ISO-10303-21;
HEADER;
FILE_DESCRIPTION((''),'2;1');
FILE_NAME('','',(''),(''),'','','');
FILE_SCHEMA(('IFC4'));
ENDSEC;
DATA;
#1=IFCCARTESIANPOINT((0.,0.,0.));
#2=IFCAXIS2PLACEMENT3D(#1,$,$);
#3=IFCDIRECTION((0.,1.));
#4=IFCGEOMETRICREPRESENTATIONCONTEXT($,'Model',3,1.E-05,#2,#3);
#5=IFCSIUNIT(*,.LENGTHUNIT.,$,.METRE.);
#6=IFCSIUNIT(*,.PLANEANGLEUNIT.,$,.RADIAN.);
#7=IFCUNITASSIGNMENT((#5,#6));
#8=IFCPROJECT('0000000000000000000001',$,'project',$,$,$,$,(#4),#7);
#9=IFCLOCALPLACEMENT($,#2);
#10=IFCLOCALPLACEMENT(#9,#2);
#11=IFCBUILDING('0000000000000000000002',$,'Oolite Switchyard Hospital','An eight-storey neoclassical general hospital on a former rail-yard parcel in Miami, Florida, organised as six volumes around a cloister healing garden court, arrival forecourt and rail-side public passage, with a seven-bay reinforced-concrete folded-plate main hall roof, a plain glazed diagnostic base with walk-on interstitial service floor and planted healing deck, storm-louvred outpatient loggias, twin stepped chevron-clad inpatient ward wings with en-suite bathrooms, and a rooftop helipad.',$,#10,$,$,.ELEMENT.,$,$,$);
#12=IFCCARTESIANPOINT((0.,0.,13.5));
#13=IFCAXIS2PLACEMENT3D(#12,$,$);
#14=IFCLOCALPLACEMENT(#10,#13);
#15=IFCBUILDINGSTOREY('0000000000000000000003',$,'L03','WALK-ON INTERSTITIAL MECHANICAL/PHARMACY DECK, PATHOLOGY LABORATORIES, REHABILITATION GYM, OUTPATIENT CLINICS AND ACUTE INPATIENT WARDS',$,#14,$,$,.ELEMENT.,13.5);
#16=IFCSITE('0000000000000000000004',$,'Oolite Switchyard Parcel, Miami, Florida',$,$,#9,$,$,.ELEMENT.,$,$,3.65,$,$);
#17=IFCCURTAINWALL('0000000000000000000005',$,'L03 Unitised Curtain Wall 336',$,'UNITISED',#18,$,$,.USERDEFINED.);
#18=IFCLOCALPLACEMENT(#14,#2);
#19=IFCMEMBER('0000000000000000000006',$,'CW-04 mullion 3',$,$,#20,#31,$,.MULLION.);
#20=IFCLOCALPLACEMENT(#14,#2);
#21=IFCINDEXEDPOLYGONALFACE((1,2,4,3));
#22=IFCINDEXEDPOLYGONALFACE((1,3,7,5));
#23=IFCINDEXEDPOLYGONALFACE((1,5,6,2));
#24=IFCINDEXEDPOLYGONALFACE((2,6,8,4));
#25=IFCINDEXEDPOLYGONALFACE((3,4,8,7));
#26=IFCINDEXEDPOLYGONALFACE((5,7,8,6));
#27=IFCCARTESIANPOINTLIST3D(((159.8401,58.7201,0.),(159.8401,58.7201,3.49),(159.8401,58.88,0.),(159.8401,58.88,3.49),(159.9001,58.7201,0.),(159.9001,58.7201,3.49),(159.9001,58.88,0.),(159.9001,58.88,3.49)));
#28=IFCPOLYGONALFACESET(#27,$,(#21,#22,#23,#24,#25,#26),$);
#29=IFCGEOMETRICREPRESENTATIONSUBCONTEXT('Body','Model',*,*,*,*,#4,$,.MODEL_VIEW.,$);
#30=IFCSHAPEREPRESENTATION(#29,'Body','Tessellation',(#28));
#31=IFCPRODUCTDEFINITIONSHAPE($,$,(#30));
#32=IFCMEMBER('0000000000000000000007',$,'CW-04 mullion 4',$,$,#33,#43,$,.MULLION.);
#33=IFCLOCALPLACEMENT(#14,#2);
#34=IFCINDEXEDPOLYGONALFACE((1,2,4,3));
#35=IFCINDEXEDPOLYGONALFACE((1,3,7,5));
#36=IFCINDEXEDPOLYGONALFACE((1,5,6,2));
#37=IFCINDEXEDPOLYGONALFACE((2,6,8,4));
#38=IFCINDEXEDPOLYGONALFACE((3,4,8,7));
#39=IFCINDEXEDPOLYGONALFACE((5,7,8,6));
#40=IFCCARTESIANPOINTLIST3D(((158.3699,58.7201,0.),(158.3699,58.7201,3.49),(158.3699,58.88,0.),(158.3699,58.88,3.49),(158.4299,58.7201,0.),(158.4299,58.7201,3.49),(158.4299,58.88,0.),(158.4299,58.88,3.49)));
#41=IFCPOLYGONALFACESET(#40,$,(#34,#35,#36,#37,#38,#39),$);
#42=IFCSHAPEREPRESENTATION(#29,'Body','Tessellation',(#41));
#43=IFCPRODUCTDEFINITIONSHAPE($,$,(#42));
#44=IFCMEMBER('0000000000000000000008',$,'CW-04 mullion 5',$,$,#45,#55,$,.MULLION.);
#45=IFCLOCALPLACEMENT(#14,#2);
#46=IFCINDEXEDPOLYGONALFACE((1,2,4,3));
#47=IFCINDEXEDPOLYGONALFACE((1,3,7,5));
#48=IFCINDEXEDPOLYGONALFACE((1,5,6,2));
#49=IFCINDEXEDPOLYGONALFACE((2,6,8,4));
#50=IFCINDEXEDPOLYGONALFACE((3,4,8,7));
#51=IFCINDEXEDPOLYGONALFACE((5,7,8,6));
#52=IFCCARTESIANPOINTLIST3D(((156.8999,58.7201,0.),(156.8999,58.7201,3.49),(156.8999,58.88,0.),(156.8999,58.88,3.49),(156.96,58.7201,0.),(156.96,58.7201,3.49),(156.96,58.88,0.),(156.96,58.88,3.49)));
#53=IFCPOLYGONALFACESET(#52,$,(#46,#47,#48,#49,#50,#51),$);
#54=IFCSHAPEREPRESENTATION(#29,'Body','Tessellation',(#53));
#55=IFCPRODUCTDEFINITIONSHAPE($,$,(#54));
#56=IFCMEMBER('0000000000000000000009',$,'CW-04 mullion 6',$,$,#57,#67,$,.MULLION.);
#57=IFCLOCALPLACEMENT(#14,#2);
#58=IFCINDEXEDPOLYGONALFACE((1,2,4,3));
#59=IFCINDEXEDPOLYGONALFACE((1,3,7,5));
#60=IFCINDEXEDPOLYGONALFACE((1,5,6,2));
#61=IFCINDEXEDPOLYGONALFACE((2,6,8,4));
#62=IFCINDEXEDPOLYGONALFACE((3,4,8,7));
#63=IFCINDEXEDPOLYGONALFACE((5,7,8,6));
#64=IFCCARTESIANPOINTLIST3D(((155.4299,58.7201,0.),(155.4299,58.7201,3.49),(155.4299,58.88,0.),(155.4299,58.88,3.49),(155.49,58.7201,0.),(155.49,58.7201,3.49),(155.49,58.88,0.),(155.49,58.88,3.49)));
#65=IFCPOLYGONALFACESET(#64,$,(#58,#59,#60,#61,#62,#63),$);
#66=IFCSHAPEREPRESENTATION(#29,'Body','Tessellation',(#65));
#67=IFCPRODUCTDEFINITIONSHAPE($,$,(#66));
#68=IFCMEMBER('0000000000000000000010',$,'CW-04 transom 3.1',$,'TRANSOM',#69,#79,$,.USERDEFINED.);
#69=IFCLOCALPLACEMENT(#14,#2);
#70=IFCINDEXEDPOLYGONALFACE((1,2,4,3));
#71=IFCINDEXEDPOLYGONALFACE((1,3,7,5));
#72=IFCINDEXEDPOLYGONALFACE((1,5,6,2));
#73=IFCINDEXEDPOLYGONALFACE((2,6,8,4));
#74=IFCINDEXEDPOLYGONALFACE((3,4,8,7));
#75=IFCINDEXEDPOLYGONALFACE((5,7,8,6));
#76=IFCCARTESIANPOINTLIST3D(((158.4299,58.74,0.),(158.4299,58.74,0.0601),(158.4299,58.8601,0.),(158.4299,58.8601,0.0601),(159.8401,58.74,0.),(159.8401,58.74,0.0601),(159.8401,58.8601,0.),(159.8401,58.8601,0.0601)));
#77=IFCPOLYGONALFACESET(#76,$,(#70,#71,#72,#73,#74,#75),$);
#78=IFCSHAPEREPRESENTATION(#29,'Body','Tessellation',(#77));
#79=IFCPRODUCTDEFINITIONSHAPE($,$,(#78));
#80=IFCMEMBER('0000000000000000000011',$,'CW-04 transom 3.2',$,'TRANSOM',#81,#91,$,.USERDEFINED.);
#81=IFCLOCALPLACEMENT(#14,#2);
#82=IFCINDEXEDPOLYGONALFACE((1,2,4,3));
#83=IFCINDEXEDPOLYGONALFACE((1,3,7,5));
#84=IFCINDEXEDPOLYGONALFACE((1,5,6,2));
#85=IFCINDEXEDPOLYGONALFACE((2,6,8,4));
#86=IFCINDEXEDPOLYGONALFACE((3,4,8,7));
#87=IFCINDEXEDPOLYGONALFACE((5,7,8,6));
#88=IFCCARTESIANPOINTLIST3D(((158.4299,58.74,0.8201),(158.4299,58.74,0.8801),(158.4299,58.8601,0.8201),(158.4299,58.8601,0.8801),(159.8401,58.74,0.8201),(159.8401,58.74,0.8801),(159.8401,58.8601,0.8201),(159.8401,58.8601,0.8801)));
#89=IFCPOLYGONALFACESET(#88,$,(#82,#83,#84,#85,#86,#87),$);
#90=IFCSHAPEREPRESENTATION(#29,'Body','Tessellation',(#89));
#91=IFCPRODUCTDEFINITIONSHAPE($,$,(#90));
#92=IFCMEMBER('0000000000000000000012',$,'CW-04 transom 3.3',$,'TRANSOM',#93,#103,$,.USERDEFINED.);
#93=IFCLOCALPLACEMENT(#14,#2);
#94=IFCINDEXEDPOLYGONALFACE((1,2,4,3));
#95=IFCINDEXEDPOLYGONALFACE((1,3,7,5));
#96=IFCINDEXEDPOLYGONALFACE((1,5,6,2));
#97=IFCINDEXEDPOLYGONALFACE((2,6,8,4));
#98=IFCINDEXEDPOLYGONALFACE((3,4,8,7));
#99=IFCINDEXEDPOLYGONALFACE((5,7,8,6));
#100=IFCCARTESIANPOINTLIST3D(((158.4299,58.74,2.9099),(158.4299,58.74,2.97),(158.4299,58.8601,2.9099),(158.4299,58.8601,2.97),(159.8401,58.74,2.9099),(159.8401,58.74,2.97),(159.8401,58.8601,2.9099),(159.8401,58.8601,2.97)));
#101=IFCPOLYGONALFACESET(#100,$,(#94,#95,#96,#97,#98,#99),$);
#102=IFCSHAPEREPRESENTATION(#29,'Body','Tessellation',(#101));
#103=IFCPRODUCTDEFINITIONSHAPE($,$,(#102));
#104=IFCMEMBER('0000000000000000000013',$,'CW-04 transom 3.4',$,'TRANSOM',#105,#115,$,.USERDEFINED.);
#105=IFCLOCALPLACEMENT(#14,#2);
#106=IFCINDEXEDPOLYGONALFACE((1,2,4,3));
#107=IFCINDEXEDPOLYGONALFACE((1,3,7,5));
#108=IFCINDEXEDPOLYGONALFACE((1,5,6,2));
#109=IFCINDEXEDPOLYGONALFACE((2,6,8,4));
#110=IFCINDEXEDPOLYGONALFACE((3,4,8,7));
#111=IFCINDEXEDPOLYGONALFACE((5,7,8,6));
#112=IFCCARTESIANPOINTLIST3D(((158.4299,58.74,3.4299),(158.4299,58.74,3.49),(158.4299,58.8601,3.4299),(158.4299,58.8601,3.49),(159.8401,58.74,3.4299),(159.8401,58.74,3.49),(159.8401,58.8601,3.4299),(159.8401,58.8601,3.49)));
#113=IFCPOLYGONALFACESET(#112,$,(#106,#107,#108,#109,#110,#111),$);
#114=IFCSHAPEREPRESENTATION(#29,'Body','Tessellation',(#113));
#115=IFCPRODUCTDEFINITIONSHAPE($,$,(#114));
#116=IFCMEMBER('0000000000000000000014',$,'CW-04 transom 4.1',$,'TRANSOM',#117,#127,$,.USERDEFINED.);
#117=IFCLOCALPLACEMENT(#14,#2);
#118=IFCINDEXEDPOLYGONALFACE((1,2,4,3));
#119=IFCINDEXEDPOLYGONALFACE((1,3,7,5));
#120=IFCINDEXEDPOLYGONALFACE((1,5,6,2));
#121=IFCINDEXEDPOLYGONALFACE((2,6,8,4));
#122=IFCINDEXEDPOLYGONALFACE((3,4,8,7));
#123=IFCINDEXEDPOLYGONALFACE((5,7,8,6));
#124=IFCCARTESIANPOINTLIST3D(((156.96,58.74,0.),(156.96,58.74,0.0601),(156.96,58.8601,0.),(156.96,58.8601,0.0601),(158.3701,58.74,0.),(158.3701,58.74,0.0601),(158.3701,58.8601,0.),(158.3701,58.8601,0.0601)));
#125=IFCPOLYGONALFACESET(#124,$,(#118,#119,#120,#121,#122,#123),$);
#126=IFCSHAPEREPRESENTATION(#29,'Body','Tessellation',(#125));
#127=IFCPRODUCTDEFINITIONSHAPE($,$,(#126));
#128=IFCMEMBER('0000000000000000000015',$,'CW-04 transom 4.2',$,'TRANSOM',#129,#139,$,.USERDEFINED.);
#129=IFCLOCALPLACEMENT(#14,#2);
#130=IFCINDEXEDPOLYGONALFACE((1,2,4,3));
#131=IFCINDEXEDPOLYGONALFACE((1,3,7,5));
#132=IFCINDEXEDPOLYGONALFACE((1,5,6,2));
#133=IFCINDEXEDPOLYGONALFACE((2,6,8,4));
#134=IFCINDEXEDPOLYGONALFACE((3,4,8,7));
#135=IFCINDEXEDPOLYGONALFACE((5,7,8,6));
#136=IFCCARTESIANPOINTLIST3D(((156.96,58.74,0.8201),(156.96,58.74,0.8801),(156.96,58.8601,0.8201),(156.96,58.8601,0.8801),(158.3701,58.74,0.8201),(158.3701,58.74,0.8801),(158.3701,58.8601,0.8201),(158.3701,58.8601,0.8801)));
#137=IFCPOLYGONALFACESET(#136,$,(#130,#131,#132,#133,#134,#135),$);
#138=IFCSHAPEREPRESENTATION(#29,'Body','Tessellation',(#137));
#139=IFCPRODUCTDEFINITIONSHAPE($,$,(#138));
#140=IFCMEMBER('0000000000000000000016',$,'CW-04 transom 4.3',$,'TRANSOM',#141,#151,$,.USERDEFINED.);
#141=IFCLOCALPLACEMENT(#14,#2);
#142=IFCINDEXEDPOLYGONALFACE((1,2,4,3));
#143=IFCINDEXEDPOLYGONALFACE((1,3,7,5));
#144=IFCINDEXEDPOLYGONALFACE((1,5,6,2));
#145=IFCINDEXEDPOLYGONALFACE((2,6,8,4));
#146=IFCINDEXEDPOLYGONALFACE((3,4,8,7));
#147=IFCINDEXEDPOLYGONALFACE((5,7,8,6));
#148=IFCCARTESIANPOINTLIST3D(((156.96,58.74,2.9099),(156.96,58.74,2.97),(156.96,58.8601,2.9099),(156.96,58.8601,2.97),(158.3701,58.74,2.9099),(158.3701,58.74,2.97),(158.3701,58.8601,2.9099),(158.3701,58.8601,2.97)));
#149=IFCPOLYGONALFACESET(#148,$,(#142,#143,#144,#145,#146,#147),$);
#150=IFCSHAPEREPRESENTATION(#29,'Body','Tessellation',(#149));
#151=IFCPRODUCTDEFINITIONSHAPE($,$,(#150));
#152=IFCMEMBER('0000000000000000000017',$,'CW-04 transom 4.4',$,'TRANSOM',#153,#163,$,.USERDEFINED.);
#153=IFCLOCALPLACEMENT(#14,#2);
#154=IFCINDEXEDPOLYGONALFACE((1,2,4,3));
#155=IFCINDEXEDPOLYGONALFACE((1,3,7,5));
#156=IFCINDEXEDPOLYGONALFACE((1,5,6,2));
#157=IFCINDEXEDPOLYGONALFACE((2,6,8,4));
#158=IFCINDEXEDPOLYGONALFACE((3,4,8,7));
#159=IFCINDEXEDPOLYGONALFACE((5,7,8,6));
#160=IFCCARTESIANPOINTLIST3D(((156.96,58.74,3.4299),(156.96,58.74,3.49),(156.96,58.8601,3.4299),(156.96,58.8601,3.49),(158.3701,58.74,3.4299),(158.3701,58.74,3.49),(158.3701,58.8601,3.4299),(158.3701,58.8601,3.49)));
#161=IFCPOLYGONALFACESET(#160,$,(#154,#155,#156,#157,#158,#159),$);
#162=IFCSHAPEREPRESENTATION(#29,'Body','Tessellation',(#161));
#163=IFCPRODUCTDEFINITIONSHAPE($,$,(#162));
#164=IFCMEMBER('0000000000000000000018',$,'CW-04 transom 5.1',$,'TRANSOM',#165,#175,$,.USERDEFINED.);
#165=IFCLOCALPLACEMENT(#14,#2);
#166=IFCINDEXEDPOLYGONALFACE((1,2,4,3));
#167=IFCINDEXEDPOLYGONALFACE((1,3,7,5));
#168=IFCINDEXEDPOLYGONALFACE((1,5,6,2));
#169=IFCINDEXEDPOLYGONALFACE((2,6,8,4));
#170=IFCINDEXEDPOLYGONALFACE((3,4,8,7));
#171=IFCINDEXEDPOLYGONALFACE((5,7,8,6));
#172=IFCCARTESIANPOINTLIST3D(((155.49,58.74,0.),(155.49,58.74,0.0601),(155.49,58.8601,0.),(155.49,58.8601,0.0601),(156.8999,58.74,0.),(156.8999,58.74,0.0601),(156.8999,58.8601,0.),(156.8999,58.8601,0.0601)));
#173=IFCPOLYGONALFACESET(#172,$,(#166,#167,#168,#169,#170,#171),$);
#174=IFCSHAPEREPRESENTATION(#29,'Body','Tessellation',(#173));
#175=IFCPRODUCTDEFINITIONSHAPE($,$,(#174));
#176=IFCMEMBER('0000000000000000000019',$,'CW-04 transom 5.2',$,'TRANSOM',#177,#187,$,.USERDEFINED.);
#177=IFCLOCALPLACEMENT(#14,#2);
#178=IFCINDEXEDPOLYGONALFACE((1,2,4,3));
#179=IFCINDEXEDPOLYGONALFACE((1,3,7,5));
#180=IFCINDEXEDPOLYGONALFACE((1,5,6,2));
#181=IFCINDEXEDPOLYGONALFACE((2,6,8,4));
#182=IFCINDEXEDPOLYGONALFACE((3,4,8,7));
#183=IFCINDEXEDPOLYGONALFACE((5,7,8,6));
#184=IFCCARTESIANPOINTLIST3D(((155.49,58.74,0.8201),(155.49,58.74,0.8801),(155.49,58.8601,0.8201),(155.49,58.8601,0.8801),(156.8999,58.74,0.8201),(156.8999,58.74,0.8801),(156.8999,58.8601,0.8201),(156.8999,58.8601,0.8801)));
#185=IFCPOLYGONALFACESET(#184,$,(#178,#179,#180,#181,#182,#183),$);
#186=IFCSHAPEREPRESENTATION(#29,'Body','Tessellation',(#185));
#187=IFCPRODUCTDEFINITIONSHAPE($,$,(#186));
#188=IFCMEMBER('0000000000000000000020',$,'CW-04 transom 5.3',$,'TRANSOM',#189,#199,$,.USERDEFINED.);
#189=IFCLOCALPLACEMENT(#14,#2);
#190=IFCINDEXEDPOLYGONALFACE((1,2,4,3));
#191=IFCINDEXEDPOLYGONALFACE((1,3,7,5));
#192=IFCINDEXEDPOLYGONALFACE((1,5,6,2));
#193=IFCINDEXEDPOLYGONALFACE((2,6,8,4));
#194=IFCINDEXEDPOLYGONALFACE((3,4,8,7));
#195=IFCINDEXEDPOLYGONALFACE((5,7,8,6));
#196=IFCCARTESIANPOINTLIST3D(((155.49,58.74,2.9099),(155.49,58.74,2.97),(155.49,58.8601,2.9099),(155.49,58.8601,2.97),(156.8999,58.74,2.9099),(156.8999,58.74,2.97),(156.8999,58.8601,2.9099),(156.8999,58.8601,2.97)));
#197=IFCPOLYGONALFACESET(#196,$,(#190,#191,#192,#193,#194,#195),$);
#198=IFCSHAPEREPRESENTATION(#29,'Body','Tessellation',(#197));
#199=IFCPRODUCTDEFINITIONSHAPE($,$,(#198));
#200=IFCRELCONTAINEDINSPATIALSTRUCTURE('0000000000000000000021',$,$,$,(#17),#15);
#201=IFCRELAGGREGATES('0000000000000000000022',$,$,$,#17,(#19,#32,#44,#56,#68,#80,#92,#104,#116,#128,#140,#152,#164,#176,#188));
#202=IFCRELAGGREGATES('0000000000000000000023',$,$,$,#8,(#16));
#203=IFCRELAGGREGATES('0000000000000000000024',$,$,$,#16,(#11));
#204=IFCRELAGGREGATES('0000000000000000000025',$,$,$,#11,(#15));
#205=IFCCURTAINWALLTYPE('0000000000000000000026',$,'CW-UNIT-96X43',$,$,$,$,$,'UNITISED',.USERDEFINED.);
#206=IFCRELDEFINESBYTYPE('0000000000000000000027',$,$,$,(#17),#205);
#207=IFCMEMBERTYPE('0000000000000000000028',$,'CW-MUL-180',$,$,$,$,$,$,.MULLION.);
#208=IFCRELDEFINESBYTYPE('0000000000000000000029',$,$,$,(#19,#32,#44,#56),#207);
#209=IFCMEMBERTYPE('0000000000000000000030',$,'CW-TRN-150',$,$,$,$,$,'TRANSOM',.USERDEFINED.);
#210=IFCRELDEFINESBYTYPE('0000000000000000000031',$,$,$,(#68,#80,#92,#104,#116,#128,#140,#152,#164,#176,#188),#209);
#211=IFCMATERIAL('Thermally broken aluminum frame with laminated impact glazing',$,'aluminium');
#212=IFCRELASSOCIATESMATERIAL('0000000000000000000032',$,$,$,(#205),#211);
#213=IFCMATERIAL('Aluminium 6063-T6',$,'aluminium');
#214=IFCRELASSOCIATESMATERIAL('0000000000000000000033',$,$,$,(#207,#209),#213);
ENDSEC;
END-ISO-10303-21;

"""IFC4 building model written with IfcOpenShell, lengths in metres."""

from ifc_helpers import new_model, si_unit, direction, frame, origin, origin_2d, place, context, subcontext, project, spatial, rectangle, extrude, material, material_profile, profile_set, type_object, element, aggregate, save


model = new_model("IFC4")

# Units and contexts
model_context = context("Model", 3, precision=1e-05, world=origin(), true_north=direction((0.0, 1.0)))
body_context = subcontext(model_context, "Body", "Model", "MODEL_VIEW")
ifc_project = project(units=[si_unit("LENGTHUNIT", "METRE"), si_unit("PLANEANGLEUNIT", "RADIAN")], contexts=[model_context])

# Site, building, storey
site_placement = place(None, origin())
site = spatial("IfcSite", under=ifc_project, at=site_placement, Name="Oolite Switchyard Parcel, Miami, Florida", CompositionType="ELEMENT", RefElevation=3.65)
building_placement = place(site_placement, origin())
building = spatial("IfcBuilding", under=site, at=building_placement, Name="Oolite Switchyard Hospital", Description="An eight-storey neoclassical general hospital on a former rail-yard parcel in Miami, Florida, organised as six volumes around a cloister healing garden court, arrival forecourt and rail-side public passage, with a seven-bay reinforced-concrete folded-plate main hall roof, a plain glazed diagnostic base with walk-on interstitial service floor and planted healing deck, storm-louvred outpatient loggias, twin stepped chevron-clad inpatient ward wings with en-suite bathrooms, and a rooftop helipad.", CompositionType="ELEMENT")
storey_placement = place(building_placement, frame((0.0, 0.0, 13.5)))
storey = spatial("IfcBuildingStorey", under=building, at=storey_placement, Name="L03", Description="WALK-ON INTERSTITIAL MECHANICAL/PHARMACY DECK, PATHOLOGY LABORATORIES, REHABILITATION GYM, OUTPATIENT CLINICS AND ACUTE INPATIENT WARDS", CompositionType="ELEMENT", Elevation=13.5)

# Curtain wall, members
ifc_material_1 = material(Name="Thermally broken aluminum frame with laminated impact glazing", Category="aluminium")
curtain_wall_type = type_object("IfcCurtainWallType", Name="CW-UNIT-96X43", ElementType="UNITISED", PredefinedType="USERDEFINED", material=ifc_material_1)
curtain_wall_placement = place(storey_placement, origin())
curtain_wall = element("IfcCurtainWall", 1, at=curtain_wall_placement, inside=storey, type_object=curtain_wall_type, Name="L03 Unitised Curtain Wall 336", ObjectType="UNITISED", PredefinedType="USERDEFINED")
ifc_material_2 = material(Name="Aluminium 6063-T6", Category="aluminium")
ifc_material_profile_1 = material_profile(ifc_material_2, rectangle(XDim=0.1599, YDim=0.0601, at=origin_2d()), Name="CWM60X160")
ifc_profile_set_1 = profile_set([ifc_material_profile_1], Name="Aluminium 6063-T6")
member_type_1 = type_object("IfcMemberType", Name="CW-MUL-180", PredefinedType="MULLION", material=ifc_profile_set_1)
member_1_placement = place(storey_placement, frame((159.8701, 58.8, 0.0), z_axis=(0.0, 0.0, 1.0), x_axis=(0.0, -1.0, 0.0)))
member_1 = element("IfcMember", 2, at=member_1_placement, type_object=member_type_1, Name="CW-04 mullion 3", PredefinedType="MULLION", context=body_context, shape_type="SweptSolid", body=[
    extrude(rectangle(XDim=0.1599, YDim=0.0601, at=origin_2d()), origin(), (0.0, 0.0, 1.0), 3.49),
])
member_2_placement = place(storey_placement, frame((158.3999, 58.8, 0.0), z_axis=(0.0, 0.0, 1.0), x_axis=(0.0, -1.0, 0.0)))
member_2 = element("IfcMember", 3, at=member_2_placement, type_object=member_type_1, Name="CW-04 mullion 4", PredefinedType="MULLION", context=body_context, shape_type="SweptSolid", body=[
    extrude(rectangle(XDim=0.1599, YDim=0.0601, at=origin_2d()), origin(), (0.0, 0.0, 1.0), 3.49),
])
member_3_placement = place(storey_placement, frame((156.9299, 58.8, 0.0), z_axis=(0.0, 0.0, 1.0), x_axis=(0.0, -1.0, 0.0)))
member_3 = element("IfcMember", 4, at=member_3_placement, type_object=member_type_1, Name="CW-04 mullion 5", PredefinedType="MULLION", context=body_context, shape_type="SweptSolid", body=[
    extrude(rectangle(XDim=0.1599, YDim=0.0601, at=origin_2d()), origin(), (0.0, 0.0, 1.0), 3.49),
])
member_4_placement = place(storey_placement, frame((155.46, 58.8, 0.0), z_axis=(0.0, 0.0, 1.0), x_axis=(0.0, -1.0, 0.0)))
member_4 = element("IfcMember", 5, at=member_4_placement, type_object=member_type_1, Name="CW-04 mullion 6", PredefinedType="MULLION", context=body_context, shape_type="SweptSolid", body=[
    extrude(rectangle(XDim=0.1599, YDim=0.0601, at=origin_2d()), origin(), (0.0, 0.0, 1.0), 3.49),
])
ifc_material_profile_2 = material_profile(ifc_material_2, rectangle(XDim=0.1201, YDim=0.0601, at=origin_2d()), Name="CWT60X120")
ifc_profile_set_2 = profile_set([ifc_material_profile_2], Name="Aluminium 6063-T6")
member_type_2 = type_object("IfcMemberType", Name="CW-TRN-150", ElementType="TRANSOM", PredefinedType="USERDEFINED", material=ifc_profile_set_2)
member_5_placement = place(storey_placement, frame((159.8401, 58.8, 0.03), z_axis=(-1.0, 0.0, 0.0), x_axis=(0.0, -1.0, 0.0)))
member_5 = element("IfcMember", 6, at=member_5_placement, type_object=member_type_2, Name="CW-04 transom 3.1", ObjectType="TRANSOM", PredefinedType="USERDEFINED", context=body_context, shape_type="SweptSolid", body=[
    extrude(rectangle(XDim=0.1201, YDim=0.0601, at=origin_2d()), origin(), (0.0, 0.0, 1.0), 1.4102),
])
member_6_placement = place(storey_placement, frame((159.8401, 58.8, 0.8501), z_axis=(-1.0, 0.0, 0.0), x_axis=(0.0, -1.0, 0.0)))
member_6 = element("IfcMember", 7, at=member_6_placement, type_object=member_type_2, Name="CW-04 transom 3.2", ObjectType="TRANSOM", PredefinedType="USERDEFINED", context=body_context, shape_type="SweptSolid", body=[
    extrude(rectangle(XDim=0.1201, YDim=0.0601, at=origin_2d()), origin(), (0.0, 0.0, 1.0), 1.4102),
])
member_7_placement = place(storey_placement, frame((159.8401, 58.8, 2.9399), z_axis=(-1.0, 0.0, 0.0), x_axis=(0.0, -1.0, 0.0)))
member_7 = element("IfcMember", 8, at=member_7_placement, type_object=member_type_2, Name="CW-04 transom 3.3", ObjectType="TRANSOM", PredefinedType="USERDEFINED", context=body_context, shape_type="SweptSolid", body=[
    extrude(rectangle(XDim=0.1201, YDim=0.0601, at=origin_2d()), origin(), (0.0, 0.0, 1.0), 1.4102),
])
member_8_placement = place(storey_placement, frame((159.8401, 58.8, 3.46), z_axis=(-1.0, 0.0, 0.0), x_axis=(0.0, -1.0, 0.0)))
member_8 = element("IfcMember", 9, at=member_8_placement, type_object=member_type_2, Name="CW-04 transom 3.4", ObjectType="TRANSOM", PredefinedType="USERDEFINED", context=body_context, shape_type="SweptSolid", body=[
    extrude(rectangle(XDim=0.1201, YDim=0.0601, at=origin_2d()), origin(), (0.0, 0.0, 1.0), 1.4102),
])
member_9_placement = place(storey_placement, frame((158.3701, 58.8, 0.03), z_axis=(-1.0, 0.0, 0.0), x_axis=(0.0, -1.0, 0.0)))
member_9 = element("IfcMember", 10, at=member_9_placement, type_object=member_type_2, Name="CW-04 transom 4.1", ObjectType="TRANSOM", PredefinedType="USERDEFINED", context=body_context, shape_type="SweptSolid", body=[
    extrude(rectangle(XDim=0.1201, YDim=0.0601, at=origin_2d()), origin(), (0.0, 0.0, 1.0), 1.4102),
])
member_10_placement = place(storey_placement, frame((158.3701, 58.8, 0.8501), z_axis=(-1.0, 0.0, 0.0), x_axis=(0.0, -1.0, 0.0)))
member_10 = element("IfcMember", 11, at=member_10_placement, type_object=member_type_2, Name="CW-04 transom 4.2", ObjectType="TRANSOM", PredefinedType="USERDEFINED", context=body_context, shape_type="SweptSolid", body=[
    extrude(rectangle(XDim=0.1201, YDim=0.0601, at=origin_2d()), origin(), (0.0, 0.0, 1.0), 1.4102),
])
member_11_placement = place(storey_placement, frame((158.3701, 58.8, 2.9399), z_axis=(-1.0, 0.0, 0.0), x_axis=(0.0, -1.0, 0.0)))
member_11 = element("IfcMember", 12, at=member_11_placement, type_object=member_type_2, Name="CW-04 transom 4.3", ObjectType="TRANSOM", PredefinedType="USERDEFINED", context=body_context, shape_type="SweptSolid", body=[
    extrude(rectangle(XDim=0.1201, YDim=0.0601, at=origin_2d()), origin(), (0.0, 0.0, 1.0), 1.4102),
])
member_12_placement = place(storey_placement, frame((158.3701, 58.8, 3.46), z_axis=(-1.0, 0.0, 0.0), x_axis=(0.0, -1.0, 0.0)))
member_12 = element("IfcMember", 13, at=member_12_placement, type_object=member_type_2, Name="CW-04 transom 4.4", ObjectType="TRANSOM", PredefinedType="USERDEFINED", context=body_context, shape_type="SweptSolid", body=[
    extrude(rectangle(XDim=0.1201, YDim=0.0601, at=origin_2d()), origin(), (0.0, 0.0, 1.0), 1.4102),
])
member_13_placement = place(storey_placement, frame((156.8999, 58.8, 0.03), z_axis=(-1.0, 0.0, 0.0), x_axis=(0.0, -1.0, 0.0)))
member_13 = element("IfcMember", 14, at=member_13_placement, type_object=member_type_2, Name="CW-04 transom 5.1", ObjectType="TRANSOM", PredefinedType="USERDEFINED", context=body_context, shape_type="SweptSolid", body=[
    extrude(rectangle(XDim=0.1201, YDim=0.0601, at=origin_2d()), origin(), (0.0, 0.0, 1.0), 1.4099),
])
member_14_placement = place(storey_placement, frame((156.8999, 58.8, 0.8501), z_axis=(-1.0, 0.0, 0.0), x_axis=(0.0, -1.0, 0.0)))
member_14 = element("IfcMember", 15, at=member_14_placement, type_object=member_type_2, Name="CW-04 transom 5.2", ObjectType="TRANSOM", PredefinedType="USERDEFINED", context=body_context, shape_type="SweptSolid", body=[
    extrude(rectangle(XDim=0.1201, YDim=0.0601, at=origin_2d()), origin(), (0.0, 0.0, 1.0), 1.4099),
])
member_15_placement = place(storey_placement, frame((156.8999, 58.8, 2.9399), z_axis=(-1.0, 0.0, 0.0), x_axis=(0.0, -1.0, 0.0)))
member_15 = element("IfcMember", 16, at=member_15_placement, type_object=member_type_2, Name="CW-04 transom 5.3", ObjectType="TRANSOM", PredefinedType="USERDEFINED", context=body_context, shape_type="SweptSolid", body=[
    extrude(rectangle(XDim=0.1201, YDim=0.0601, at=origin_2d()), origin(), (0.0, 0.0, 1.0), 1.4099),
])
aggregate(curtain_wall, [member_1, member_2, member_3, member_4, member_5, member_6, member_7, member_8, member_9, member_10, member_11, member_12, member_13, member_14, member_15])

save(model, "model.ifc")
